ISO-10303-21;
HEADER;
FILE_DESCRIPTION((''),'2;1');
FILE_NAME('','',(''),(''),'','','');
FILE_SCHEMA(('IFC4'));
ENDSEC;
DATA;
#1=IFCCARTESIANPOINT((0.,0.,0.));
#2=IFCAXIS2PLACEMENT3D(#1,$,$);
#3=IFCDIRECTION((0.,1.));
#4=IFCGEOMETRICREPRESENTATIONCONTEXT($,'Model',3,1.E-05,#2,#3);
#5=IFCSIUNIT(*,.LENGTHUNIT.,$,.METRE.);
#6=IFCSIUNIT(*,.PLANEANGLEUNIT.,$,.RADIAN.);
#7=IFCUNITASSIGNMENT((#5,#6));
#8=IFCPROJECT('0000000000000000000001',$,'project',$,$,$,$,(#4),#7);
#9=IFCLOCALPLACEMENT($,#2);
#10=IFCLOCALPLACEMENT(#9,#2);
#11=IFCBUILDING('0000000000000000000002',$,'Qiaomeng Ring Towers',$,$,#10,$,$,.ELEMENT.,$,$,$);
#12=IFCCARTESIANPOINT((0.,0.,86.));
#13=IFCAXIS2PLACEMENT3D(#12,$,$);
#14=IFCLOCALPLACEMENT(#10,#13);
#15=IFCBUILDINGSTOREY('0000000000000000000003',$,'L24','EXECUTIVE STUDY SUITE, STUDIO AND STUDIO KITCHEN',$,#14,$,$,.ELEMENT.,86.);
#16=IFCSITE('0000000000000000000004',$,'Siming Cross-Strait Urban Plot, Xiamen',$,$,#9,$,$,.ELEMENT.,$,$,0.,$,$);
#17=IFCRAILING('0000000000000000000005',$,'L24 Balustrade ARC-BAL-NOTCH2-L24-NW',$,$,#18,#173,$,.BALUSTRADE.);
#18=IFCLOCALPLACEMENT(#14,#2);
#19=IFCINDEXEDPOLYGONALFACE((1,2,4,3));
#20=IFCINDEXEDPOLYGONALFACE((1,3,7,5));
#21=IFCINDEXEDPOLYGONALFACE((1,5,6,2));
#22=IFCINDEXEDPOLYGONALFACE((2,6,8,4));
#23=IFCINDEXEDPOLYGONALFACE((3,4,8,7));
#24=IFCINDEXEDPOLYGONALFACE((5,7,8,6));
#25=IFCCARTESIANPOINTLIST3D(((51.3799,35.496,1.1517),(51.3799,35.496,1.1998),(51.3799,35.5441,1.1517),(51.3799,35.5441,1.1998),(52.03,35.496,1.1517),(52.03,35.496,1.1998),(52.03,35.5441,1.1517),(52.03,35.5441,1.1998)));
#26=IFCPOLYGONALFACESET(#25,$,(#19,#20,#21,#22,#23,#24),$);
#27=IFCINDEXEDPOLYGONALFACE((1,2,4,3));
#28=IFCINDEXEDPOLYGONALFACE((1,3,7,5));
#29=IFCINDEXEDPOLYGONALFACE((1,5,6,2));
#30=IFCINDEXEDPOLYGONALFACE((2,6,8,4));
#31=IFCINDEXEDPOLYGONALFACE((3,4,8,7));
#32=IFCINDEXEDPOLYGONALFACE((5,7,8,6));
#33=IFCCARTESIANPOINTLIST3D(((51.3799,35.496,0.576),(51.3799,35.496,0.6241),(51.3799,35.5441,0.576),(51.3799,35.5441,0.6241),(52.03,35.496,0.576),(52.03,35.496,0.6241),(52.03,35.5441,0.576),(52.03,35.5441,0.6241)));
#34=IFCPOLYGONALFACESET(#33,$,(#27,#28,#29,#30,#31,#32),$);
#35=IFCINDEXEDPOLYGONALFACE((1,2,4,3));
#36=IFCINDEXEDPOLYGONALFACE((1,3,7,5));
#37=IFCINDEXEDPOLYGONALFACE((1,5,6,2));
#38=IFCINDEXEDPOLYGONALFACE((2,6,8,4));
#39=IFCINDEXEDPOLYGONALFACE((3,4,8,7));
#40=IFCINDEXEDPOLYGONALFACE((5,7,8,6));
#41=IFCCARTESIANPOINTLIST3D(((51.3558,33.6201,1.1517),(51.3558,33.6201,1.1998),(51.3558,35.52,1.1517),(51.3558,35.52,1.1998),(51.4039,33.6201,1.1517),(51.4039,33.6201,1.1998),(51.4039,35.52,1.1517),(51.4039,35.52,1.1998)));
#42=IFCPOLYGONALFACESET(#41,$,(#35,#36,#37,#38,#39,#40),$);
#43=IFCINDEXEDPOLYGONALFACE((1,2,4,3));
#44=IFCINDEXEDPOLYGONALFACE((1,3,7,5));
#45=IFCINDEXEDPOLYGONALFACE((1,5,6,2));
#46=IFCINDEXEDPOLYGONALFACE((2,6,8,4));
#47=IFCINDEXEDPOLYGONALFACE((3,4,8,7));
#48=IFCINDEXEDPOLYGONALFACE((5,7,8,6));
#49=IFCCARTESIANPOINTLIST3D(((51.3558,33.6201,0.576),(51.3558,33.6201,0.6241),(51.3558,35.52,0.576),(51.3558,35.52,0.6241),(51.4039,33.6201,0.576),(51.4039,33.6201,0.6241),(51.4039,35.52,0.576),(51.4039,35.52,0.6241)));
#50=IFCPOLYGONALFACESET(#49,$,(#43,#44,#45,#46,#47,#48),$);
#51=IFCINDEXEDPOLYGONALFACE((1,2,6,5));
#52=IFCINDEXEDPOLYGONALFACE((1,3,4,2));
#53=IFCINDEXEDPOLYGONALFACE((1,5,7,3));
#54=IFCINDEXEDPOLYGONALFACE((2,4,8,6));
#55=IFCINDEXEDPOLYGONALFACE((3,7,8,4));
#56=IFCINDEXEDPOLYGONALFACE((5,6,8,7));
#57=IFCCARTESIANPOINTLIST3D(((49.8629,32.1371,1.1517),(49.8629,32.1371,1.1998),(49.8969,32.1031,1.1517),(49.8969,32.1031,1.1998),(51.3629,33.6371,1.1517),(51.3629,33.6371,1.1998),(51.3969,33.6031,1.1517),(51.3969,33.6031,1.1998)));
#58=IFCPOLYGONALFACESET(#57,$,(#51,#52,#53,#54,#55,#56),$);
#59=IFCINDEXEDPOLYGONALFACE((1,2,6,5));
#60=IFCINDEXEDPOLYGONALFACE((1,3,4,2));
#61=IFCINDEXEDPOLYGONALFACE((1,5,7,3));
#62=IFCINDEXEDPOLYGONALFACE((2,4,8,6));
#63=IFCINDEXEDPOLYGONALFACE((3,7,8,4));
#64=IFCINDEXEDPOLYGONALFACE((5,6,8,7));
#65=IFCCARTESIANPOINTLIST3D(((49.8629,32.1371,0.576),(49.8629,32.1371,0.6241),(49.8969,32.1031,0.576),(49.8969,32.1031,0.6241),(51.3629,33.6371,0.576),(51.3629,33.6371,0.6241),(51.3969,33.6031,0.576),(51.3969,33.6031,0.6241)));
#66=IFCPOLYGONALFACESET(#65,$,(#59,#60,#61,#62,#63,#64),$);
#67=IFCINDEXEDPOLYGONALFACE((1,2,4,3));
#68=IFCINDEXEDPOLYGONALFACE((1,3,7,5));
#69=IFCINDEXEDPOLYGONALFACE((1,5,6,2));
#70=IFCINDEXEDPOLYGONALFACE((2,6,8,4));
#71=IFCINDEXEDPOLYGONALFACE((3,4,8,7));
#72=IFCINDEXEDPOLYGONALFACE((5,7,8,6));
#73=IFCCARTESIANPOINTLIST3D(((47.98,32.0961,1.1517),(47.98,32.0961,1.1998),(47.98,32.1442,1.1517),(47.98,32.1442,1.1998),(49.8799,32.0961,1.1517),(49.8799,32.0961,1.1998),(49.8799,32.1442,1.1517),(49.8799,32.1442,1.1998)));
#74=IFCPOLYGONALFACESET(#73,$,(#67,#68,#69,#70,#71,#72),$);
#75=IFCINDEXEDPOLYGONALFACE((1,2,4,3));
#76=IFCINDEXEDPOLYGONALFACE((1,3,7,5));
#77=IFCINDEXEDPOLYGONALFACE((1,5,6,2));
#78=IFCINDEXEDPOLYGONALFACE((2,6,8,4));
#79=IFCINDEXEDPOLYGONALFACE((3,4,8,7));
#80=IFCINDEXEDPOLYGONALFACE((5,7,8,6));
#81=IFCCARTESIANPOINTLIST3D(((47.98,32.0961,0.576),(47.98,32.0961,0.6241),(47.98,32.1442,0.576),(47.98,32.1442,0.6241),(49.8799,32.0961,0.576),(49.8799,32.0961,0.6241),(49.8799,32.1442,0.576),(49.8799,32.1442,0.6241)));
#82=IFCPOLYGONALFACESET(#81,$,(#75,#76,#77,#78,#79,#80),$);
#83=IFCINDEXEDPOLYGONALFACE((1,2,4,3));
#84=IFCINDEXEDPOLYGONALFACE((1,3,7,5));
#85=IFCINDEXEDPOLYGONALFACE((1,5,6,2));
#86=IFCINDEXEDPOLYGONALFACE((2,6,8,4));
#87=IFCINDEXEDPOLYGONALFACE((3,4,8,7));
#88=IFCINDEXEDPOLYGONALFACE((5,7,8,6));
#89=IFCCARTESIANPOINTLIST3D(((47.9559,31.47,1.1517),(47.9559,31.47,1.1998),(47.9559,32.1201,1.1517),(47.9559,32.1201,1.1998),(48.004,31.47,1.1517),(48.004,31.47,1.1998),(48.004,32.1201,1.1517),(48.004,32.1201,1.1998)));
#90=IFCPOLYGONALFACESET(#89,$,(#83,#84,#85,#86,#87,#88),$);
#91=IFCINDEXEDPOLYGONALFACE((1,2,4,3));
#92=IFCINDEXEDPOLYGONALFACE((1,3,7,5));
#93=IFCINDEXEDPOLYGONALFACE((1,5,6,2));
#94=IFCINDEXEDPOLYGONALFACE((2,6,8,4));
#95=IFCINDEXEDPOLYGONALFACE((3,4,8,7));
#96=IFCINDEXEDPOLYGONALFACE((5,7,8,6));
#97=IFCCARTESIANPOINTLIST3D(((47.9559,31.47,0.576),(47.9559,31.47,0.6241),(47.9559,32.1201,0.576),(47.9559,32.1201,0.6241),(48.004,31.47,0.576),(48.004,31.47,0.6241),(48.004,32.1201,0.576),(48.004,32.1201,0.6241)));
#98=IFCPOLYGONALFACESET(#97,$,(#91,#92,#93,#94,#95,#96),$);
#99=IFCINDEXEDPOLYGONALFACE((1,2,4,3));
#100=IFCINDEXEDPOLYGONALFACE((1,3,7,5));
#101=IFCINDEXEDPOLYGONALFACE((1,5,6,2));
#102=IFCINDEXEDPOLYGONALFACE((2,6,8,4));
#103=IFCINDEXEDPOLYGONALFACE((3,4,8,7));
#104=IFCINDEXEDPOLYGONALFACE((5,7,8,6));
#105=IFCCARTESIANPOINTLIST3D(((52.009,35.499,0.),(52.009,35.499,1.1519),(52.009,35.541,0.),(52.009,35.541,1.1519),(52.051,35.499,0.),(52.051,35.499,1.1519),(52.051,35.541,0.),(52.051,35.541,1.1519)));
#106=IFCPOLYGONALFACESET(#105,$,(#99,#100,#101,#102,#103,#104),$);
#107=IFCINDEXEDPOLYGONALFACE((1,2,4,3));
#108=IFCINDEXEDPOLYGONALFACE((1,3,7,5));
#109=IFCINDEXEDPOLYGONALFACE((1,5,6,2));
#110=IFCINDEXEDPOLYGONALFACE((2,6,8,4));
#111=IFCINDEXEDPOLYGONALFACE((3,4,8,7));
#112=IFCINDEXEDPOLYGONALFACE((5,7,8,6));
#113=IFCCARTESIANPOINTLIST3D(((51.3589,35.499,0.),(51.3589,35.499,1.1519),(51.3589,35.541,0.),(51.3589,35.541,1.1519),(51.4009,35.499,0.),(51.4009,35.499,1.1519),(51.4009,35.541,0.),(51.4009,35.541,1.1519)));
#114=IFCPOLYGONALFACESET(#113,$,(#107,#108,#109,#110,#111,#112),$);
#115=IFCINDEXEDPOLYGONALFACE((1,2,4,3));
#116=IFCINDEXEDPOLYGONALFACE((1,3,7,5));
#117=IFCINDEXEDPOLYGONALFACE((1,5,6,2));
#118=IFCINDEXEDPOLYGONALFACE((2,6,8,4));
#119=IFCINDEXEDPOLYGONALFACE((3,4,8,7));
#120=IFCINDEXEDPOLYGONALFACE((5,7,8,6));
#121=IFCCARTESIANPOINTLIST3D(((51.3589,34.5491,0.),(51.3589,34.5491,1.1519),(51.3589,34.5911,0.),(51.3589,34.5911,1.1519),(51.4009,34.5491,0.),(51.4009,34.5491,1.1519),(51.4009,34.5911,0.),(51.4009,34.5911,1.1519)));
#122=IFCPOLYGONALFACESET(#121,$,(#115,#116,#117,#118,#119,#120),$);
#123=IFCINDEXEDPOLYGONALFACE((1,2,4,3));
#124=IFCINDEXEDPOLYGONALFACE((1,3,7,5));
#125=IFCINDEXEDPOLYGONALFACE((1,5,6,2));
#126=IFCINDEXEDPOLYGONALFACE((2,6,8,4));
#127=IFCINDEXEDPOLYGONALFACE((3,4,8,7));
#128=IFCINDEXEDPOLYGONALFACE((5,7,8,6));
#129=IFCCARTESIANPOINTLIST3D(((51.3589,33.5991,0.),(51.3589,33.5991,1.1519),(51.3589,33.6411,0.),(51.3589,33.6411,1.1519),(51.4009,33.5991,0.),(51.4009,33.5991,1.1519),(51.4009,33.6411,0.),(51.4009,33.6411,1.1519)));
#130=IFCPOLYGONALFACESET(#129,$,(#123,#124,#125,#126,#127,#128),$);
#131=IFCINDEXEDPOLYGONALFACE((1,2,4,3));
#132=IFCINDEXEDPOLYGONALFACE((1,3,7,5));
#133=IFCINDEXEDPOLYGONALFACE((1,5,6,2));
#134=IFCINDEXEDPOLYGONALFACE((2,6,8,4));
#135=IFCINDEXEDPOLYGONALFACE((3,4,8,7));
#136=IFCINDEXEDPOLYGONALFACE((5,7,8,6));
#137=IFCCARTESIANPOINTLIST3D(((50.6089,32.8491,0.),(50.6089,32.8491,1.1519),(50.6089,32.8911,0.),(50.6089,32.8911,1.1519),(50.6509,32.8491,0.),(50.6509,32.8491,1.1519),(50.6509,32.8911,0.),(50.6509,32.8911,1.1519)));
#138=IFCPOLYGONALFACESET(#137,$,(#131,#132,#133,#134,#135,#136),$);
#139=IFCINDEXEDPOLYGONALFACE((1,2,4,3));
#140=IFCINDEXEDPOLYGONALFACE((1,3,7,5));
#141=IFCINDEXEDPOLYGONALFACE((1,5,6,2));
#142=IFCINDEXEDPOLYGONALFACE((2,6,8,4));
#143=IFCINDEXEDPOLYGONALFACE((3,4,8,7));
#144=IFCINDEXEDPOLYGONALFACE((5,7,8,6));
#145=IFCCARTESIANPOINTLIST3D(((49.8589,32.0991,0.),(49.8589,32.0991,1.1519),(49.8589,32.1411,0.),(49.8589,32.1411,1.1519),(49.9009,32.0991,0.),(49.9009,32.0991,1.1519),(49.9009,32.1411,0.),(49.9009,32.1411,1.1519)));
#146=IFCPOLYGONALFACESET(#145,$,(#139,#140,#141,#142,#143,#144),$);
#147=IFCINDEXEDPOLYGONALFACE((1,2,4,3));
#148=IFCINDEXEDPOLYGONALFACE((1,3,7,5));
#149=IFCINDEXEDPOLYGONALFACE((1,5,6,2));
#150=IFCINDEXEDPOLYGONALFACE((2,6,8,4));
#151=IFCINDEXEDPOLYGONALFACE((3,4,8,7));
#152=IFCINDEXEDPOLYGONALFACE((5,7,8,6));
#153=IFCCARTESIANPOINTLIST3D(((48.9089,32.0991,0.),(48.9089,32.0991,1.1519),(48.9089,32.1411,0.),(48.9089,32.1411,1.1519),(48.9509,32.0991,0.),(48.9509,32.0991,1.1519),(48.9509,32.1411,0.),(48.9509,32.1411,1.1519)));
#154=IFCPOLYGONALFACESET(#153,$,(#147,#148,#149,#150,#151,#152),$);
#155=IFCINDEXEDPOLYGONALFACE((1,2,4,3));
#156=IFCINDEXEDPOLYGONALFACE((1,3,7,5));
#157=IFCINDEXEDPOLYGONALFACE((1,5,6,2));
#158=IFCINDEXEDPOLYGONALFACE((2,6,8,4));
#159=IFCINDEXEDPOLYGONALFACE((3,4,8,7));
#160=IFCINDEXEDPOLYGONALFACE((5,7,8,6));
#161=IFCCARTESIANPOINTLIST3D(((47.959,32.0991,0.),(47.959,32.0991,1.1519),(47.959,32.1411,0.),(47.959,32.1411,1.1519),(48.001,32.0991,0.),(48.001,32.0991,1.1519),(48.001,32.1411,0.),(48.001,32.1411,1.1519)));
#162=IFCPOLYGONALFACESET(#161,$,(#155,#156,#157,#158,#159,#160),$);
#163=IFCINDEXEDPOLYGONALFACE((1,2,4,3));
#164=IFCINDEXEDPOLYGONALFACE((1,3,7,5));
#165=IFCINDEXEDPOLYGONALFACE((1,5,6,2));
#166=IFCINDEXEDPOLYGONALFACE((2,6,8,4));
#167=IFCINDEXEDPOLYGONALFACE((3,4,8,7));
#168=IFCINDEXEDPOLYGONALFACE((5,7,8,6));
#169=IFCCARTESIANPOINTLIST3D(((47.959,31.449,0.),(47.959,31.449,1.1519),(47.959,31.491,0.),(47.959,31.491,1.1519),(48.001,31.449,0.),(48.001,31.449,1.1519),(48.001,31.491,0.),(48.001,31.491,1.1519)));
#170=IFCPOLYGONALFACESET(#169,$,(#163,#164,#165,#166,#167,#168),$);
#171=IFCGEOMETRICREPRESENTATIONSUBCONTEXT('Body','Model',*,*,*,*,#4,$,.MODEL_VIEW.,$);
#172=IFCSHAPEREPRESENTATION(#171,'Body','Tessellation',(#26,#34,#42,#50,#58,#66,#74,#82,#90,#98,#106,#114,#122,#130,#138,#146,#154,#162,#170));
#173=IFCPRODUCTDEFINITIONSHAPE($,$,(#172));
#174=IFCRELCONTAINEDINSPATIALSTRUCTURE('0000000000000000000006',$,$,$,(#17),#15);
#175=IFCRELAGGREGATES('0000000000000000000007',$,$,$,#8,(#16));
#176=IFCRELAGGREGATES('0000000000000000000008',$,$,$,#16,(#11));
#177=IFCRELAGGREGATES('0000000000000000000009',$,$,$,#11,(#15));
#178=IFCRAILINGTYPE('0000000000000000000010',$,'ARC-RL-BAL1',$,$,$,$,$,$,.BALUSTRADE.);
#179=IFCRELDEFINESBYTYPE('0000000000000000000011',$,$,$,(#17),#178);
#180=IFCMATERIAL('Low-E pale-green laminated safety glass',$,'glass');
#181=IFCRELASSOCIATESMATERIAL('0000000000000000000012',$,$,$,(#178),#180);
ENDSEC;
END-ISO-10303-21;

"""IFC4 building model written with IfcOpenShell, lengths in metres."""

from ifc_helpers import new_model, si_unit, direction, frame, origin, origin_2d, place, context, subcontext, project, spatial, rectangle, extrude, material, type_object, element, save


model = new_model("IFC4")

# Units and contexts
model_context = context("Model", 3, precision=1e-05, world=origin(), true_north=direction((0.0, 1.0)))
body_context = subcontext(model_context, "Body", "Model", "MODEL_VIEW")
ifc_project = project(units=[si_unit("LENGTHUNIT", "METRE"), si_unit("PLANEANGLEUNIT", "RADIAN")], contexts=[model_context])

# Site, building, storey
site_placement = place(None, origin())
site = spatial("IfcSite", under=ifc_project, at=site_placement, Name="Siming Cross-Strait Urban Plot, Xiamen", CompositionType="ELEMENT", RefElevation=0.0)
building_placement = place(site_placement, origin())
building = spatial("IfcBuilding", under=site, at=building_placement, Name="Qiaomeng Ring Towers", CompositionType="ELEMENT")
storey_placement = place(building_placement, frame((0.0, 0.0, 86.0)))
storey = spatial("IfcBuildingStorey", under=building, at=storey_placement, Name="L24", Description="EXECUTIVE STUDY SUITE, STUDIO AND STUDIO KITCHEN", CompositionType="ELEMENT", Elevation=86.0)

# Railing
ifc_material_1 = material(Name="Low-E pale-green laminated safety glass", Category="glass")
railing_type = type_object("IfcRailingType", Name="ARC-RL-BAL1", PredefinedType="BALUSTRADE", material=ifc_material_1)
railing_1_placement = place(storey_placement, frame((52.03, 35.52, 0.0)))
element("IfcRailing", 1, at=railing_1_placement, inside=storey, type_object=railing_type, Name="L24 Balustrade ARC-BAL-NOTCH2-L24-NW", PredefinedType="BALUSTRADE", context=body_context, shape_type="SweptSolid", body=[
    extrude(rectangle(XDim=0.0481, YDim=0.0481, at=origin_2d()), frame((0.0, 0.0, 1.1758), z_axis=(-1.0, 0.0, 0.0), x_axis=(0.0, -1.0, 0.0)), (0.0, 0.0, 1.0), 0.6501),
    extrude(rectangle(XDim=0.0481, YDim=0.0481, at=origin_2d()), frame((0.0, 0.0, 0.6001), z_axis=(-1.0, 0.0, 0.0), x_axis=(0.0, -1.0, 0.0)), (0.0, 0.0, 1.0), 0.6501),
    extrude(rectangle(XDim=0.0481, YDim=0.0481, at=origin_2d()), frame((-0.6501, 0.0, 1.1758), z_axis=(0.0, -1.0, 0.0), x_axis=(1.0, 0.0, 0.0)), (0.0, 0.0, 1.0), 1.8999),
    extrude(rectangle(XDim=0.0481, YDim=0.0481, at=origin_2d()), frame((-0.6501, 0.0, 0.6001), z_axis=(0.0, -1.0, 0.0), x_axis=(1.0, 0.0, 0.0)), (0.0, 0.0, 1.0), 1.8999),
    extrude(rectangle(XDim=0.0481, YDim=0.0481, at=origin_2d()), frame((-0.6501, -1.8999, 1.1758), z_axis=(-0.707107, -0.707107, 0.0), x_axis=(0.707107, -0.707107, 0.0)), (0.0, 0.0, 1.0), 2.1213),
    extrude(rectangle(XDim=0.0481, YDim=0.0481, at=origin_2d()), frame((-0.6501, -1.8999, 0.6001), z_axis=(-0.707107, -0.707107, 0.0), x_axis=(0.707107, -0.707107, 0.0)), (0.0, 0.0, 1.0), 2.1213),
    extrude(rectangle(XDim=0.0481, YDim=0.0481, at=origin_2d()), frame((-2.1501, -3.3999, 1.1758), z_axis=(-1.0, 0.0, 0.0), x_axis=(0.0, -1.0, 0.0)), (0.0, 0.0, 1.0), 1.8999),
    extrude(rectangle(XDim=0.0481, YDim=0.0481, at=origin_2d()), frame((-2.1501, -3.3999, 0.6001), z_axis=(-1.0, 0.0, 0.0), x_axis=(0.0, -1.0, 0.0)), (0.0, 0.0, 1.0), 1.8999),
    extrude(rectangle(XDim=0.0481, YDim=0.0481, at=origin_2d()), frame((-4.05, -3.3999, 1.1758), z_axis=(0.0, -1.0, 0.0), x_axis=(1.0, 0.0, 0.0)), (0.0, 0.0, 1.0), 0.6501),
    extrude(rectangle(XDim=0.0481, YDim=0.0481, at=origin_2d()), frame((-4.05, -3.3999, 0.6001), z_axis=(0.0, -1.0, 0.0), x_axis=(1.0, 0.0, 0.0)), (0.0, 0.0, 1.0), 0.6501),
    extrude(rectangle(XDim=0.042, YDim=0.042, at=origin_2d()), origin(), (0.0, 0.0, 1.0), 1.1519),
    extrude(rectangle(XDim=0.042, YDim=0.042, at=origin_2d()), frame((-0.6501, 0.0, 0.0)), (0.0, 0.0, 1.0), 1.1519),
    extrude(rectangle(XDim=0.042, YDim=0.042, at=origin_2d()), frame((-0.6501, -0.95, 0.0)), (0.0, 0.0, 1.0), 1.1519),
    extrude(rectangle(XDim=0.042, YDim=0.042, at=origin_2d()), frame((-0.6501, -1.8999, 0.0)), (0.0, 0.0, 1.0), 1.1519),
    extrude(rectangle(XDim=0.042, YDim=0.042, at=origin_2d()), frame((-1.4001, -2.6499, 0.0)), (0.0, 0.0, 1.0), 1.1519),
    extrude(rectangle(XDim=0.042, YDim=0.042, at=origin_2d()), frame((-2.1501, -3.3999, 0.0)), (0.0, 0.0, 1.0), 1.1519),
    extrude(rectangle(XDim=0.042, YDim=0.042, at=origin_2d()), frame((-3.1001, -3.3999, 0.0)), (0.0, 0.0, 1.0), 1.1519),
    extrude(rectangle(XDim=0.042, YDim=0.042, at=origin_2d()), frame((-4.05, -3.3999, 0.0)), (0.0, 0.0, 1.0), 1.1519),
    extrude(rectangle(XDim=0.042, YDim=0.042, at=origin_2d()), frame((-4.05, -4.05, 0.0)), (0.0, 0.0, 1.0), 1.1519),
])

save(model, "model.ifc")
